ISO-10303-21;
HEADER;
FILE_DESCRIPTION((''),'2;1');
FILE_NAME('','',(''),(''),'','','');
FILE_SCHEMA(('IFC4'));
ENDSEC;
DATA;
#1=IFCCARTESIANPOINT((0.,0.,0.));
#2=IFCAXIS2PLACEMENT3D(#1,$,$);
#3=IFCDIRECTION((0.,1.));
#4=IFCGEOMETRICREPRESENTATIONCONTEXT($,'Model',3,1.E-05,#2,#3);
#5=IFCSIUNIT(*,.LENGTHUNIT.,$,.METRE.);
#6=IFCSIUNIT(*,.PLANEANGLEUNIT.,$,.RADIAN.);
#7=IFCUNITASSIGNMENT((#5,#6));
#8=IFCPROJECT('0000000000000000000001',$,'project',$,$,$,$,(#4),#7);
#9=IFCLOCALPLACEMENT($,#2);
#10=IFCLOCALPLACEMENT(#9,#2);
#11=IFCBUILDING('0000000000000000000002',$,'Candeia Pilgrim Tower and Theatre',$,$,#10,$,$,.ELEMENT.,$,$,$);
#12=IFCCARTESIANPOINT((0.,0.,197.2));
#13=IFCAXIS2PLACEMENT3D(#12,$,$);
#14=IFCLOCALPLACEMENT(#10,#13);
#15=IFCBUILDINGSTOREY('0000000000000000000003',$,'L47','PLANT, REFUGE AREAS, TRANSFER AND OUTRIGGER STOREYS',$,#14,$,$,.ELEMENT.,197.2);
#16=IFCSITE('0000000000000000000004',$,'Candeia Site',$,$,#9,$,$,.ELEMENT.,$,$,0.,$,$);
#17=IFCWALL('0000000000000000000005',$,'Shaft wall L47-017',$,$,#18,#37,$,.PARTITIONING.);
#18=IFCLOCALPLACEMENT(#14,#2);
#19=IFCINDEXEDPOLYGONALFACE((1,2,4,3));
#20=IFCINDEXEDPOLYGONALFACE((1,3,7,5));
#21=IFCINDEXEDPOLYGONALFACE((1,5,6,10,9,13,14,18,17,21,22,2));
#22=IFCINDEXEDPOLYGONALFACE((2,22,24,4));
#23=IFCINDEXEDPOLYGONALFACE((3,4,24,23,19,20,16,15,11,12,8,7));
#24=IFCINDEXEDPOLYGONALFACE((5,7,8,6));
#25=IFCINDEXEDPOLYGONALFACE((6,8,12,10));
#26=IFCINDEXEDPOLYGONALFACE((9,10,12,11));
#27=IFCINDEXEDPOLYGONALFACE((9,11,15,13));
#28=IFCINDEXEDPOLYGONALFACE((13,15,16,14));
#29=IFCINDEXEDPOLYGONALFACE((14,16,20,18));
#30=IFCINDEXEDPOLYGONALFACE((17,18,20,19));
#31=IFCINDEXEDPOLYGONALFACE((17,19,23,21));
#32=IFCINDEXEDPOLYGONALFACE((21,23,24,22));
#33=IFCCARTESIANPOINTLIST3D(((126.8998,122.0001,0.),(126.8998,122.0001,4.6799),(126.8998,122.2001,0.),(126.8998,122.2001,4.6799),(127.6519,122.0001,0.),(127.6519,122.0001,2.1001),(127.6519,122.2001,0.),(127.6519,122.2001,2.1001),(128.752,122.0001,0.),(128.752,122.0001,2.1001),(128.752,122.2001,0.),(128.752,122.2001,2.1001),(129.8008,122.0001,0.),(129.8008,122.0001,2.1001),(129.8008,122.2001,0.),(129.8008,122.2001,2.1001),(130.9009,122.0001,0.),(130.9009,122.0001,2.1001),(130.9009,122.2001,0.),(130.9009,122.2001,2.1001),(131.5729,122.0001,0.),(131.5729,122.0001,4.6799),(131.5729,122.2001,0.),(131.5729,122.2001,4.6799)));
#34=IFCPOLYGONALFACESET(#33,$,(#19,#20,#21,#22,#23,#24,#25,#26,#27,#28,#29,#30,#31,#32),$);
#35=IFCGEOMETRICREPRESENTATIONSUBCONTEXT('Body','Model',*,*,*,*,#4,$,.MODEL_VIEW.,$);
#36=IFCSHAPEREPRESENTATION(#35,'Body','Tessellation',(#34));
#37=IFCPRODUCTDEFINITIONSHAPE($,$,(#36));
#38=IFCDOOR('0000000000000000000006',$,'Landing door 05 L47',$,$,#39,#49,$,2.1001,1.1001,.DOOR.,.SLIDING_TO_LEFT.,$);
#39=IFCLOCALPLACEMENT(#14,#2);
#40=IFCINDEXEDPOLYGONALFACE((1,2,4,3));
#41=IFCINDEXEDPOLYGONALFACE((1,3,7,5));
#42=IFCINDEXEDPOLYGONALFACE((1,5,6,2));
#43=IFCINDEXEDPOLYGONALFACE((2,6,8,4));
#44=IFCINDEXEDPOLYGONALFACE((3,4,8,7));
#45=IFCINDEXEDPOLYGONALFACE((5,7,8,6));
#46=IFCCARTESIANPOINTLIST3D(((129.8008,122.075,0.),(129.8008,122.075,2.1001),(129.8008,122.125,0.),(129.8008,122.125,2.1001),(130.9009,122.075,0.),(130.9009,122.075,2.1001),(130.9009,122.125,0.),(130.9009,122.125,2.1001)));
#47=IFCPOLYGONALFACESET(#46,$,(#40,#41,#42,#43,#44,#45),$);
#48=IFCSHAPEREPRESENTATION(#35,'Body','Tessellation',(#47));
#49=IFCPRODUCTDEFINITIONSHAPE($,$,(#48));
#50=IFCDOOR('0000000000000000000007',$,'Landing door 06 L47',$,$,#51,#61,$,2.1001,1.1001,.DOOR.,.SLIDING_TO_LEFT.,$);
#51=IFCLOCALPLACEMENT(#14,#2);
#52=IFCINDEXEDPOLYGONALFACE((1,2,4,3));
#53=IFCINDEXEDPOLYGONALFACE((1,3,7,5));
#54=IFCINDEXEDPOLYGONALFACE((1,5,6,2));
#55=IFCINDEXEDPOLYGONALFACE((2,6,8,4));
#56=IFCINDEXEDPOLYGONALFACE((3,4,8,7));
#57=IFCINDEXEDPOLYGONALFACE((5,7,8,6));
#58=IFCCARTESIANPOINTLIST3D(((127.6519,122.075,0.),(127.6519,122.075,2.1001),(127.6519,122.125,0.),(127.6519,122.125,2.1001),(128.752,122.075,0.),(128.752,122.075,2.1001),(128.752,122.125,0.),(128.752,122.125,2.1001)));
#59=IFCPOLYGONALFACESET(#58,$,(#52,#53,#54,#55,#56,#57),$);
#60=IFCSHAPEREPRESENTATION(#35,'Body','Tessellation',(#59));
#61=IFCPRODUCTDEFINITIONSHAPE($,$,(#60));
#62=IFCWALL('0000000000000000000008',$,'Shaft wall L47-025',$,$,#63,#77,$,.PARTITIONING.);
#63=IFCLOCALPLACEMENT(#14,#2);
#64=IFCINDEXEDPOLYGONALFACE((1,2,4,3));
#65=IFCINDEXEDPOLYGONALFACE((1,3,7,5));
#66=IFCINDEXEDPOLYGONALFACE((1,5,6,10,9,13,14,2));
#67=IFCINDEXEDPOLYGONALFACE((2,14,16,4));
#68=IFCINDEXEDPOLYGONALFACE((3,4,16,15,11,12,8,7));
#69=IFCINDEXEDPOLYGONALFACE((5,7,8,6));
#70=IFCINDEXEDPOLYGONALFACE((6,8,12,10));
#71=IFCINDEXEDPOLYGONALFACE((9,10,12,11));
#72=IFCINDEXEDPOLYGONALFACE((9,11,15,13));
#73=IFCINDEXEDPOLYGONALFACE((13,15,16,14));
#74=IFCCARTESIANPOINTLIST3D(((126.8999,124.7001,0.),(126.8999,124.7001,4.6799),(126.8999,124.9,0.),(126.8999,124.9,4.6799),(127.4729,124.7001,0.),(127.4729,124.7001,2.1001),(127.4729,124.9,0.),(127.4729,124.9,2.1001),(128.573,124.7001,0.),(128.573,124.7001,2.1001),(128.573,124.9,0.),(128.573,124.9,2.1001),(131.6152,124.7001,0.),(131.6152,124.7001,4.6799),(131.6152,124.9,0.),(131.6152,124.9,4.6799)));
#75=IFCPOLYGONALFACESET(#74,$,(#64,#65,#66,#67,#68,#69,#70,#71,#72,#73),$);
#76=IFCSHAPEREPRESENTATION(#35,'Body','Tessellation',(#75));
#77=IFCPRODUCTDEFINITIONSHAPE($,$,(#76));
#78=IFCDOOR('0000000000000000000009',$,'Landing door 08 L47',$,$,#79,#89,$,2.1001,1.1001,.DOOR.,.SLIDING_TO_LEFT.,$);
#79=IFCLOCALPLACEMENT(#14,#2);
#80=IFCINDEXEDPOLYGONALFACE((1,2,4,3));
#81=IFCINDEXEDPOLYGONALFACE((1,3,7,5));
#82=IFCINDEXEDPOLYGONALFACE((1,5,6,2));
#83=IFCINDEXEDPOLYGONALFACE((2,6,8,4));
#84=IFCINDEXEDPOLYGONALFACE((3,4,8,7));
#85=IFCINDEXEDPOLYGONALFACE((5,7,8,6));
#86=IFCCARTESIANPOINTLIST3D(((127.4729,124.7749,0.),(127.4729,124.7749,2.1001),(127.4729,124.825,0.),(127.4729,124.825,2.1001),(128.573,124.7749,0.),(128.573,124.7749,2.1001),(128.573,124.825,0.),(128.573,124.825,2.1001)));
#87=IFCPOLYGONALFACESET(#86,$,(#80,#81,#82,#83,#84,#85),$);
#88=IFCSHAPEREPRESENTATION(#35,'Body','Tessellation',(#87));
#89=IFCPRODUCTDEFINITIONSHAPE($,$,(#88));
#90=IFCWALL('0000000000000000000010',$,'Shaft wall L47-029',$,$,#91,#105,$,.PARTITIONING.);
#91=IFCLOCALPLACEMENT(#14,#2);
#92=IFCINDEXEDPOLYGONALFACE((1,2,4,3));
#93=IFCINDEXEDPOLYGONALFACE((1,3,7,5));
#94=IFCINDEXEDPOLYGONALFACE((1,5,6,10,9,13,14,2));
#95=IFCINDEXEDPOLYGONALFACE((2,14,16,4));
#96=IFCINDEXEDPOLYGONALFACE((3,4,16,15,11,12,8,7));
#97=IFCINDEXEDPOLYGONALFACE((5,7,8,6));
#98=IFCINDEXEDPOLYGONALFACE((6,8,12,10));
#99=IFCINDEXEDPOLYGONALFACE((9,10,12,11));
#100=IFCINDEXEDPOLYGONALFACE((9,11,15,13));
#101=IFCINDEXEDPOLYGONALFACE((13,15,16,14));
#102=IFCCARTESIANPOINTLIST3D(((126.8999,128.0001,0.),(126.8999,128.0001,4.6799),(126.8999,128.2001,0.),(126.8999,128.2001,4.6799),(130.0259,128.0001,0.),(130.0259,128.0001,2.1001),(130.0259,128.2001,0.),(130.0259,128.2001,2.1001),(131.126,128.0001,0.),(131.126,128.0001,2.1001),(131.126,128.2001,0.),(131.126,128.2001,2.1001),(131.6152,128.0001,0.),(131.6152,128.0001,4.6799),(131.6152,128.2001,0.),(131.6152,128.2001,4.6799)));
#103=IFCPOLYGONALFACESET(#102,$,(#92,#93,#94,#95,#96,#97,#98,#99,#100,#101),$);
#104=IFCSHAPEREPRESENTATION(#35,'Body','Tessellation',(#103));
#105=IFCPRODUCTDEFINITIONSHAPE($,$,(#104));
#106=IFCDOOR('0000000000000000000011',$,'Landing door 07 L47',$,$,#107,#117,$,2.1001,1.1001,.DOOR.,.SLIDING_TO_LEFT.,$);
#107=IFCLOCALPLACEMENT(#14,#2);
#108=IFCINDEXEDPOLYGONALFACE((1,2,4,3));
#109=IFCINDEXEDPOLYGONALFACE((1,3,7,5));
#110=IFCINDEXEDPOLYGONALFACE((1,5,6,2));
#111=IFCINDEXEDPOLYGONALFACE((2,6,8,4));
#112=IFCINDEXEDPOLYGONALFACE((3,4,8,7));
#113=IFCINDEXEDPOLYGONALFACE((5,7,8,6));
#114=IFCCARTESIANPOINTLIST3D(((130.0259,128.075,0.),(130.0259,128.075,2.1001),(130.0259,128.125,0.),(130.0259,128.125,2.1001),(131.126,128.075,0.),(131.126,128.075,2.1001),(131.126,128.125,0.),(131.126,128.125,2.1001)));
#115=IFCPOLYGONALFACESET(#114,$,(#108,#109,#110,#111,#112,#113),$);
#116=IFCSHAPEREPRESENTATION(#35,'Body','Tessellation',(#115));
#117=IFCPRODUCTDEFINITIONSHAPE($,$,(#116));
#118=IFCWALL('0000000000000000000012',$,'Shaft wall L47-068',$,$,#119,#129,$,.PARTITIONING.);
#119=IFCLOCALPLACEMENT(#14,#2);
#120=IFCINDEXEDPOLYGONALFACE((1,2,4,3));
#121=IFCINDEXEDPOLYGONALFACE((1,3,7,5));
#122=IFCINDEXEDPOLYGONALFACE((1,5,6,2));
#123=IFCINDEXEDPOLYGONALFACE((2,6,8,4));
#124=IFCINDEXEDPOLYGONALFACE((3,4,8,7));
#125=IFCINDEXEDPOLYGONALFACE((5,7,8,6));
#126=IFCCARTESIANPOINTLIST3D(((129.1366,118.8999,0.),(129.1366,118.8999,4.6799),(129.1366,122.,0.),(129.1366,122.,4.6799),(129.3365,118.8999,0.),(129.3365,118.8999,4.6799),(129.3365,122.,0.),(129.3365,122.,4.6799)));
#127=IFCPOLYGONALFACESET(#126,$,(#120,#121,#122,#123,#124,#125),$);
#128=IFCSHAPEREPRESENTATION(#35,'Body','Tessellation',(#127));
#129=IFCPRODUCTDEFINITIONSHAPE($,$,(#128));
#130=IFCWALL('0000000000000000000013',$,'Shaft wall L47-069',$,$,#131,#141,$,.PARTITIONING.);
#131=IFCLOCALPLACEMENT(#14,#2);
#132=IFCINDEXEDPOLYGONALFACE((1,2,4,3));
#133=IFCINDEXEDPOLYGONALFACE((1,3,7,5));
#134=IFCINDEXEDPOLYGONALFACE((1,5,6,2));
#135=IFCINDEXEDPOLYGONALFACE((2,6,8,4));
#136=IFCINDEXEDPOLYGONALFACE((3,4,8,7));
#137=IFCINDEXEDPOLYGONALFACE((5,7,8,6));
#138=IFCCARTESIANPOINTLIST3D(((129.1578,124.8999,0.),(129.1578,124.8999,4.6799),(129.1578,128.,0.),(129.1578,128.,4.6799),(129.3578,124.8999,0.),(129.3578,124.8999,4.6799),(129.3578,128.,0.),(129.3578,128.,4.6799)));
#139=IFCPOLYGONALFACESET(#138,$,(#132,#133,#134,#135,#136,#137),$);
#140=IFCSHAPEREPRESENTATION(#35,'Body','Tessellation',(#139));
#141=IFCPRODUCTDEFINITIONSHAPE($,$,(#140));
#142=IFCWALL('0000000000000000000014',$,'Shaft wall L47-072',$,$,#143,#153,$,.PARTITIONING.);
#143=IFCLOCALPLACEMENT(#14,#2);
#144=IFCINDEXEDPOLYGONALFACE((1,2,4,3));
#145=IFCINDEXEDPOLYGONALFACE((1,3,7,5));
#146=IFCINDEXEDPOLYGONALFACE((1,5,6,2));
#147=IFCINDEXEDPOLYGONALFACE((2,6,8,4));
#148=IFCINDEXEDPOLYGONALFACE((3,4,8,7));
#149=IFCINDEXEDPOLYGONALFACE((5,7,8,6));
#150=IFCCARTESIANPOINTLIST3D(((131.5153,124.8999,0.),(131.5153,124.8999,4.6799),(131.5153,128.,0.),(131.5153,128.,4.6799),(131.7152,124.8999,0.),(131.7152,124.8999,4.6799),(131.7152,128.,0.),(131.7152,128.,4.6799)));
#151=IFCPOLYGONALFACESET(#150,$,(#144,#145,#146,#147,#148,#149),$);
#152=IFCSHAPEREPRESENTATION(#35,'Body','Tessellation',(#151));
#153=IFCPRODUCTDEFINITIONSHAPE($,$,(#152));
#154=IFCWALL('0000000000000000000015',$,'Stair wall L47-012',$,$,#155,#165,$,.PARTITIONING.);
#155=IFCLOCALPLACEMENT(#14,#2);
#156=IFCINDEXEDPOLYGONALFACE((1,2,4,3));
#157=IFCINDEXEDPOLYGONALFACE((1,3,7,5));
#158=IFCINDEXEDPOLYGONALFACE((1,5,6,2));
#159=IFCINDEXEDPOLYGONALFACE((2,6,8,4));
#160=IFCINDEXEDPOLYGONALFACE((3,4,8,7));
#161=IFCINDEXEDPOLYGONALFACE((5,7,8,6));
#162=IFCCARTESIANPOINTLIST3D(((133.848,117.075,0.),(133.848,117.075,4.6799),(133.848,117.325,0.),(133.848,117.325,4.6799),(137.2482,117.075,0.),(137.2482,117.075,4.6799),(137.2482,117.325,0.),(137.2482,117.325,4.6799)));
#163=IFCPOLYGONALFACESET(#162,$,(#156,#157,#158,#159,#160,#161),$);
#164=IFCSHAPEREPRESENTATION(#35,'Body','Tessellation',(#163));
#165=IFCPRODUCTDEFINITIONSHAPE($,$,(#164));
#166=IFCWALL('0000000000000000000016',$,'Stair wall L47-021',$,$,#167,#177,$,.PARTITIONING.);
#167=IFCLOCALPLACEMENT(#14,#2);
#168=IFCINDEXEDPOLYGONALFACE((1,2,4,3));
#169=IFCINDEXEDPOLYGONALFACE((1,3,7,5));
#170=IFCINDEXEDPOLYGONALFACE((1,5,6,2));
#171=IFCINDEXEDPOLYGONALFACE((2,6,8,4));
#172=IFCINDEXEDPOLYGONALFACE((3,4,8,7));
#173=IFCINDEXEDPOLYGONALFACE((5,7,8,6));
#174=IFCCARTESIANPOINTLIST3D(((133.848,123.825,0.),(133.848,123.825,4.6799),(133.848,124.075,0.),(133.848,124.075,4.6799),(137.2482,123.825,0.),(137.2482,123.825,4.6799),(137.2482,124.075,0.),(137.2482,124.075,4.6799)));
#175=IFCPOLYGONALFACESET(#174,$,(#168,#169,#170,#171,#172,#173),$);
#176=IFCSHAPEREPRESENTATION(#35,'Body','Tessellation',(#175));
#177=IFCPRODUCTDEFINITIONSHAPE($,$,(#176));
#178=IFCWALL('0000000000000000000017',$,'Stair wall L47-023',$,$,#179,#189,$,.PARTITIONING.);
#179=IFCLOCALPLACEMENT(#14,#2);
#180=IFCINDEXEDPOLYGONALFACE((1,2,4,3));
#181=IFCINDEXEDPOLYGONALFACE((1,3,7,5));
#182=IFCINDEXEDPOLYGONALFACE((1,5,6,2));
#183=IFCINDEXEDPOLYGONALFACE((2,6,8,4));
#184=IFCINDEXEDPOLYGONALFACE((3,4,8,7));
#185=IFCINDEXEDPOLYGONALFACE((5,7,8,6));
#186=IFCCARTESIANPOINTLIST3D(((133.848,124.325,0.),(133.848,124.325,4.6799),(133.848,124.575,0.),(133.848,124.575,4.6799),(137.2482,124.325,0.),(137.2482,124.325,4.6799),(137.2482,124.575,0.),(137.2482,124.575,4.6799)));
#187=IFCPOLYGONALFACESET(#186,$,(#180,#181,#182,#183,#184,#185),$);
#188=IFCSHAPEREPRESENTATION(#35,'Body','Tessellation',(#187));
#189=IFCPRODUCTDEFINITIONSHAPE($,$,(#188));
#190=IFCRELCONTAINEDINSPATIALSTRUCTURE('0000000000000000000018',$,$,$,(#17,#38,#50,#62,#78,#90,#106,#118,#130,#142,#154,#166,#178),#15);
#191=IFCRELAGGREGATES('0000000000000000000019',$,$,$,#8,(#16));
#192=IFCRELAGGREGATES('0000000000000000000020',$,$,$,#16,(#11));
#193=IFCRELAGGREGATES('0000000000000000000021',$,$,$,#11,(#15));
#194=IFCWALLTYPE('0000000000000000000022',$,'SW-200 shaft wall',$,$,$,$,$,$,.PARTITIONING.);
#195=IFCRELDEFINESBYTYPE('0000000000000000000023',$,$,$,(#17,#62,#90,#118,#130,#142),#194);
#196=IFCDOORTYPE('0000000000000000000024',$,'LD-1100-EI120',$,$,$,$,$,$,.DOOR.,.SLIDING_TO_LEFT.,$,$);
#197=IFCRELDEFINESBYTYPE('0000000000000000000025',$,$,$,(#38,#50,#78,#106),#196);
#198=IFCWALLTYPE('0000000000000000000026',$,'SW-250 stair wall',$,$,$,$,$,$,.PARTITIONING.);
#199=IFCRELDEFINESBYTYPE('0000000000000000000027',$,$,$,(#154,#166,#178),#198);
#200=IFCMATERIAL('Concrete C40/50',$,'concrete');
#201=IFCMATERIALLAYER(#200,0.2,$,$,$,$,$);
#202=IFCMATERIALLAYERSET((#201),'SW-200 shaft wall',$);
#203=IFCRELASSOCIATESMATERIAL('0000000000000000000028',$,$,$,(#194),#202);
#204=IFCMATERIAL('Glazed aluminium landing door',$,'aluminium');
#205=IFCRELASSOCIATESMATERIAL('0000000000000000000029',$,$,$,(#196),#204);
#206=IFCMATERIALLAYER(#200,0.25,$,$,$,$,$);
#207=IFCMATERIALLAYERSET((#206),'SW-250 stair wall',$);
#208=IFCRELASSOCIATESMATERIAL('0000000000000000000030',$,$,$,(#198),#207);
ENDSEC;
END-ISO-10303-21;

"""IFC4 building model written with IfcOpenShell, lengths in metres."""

from ifc_helpers import new_model, si_unit, direction, frame, frame_2d, origin, place, context, subcontext, project, spatial, rectangle, extrude, material, layer, layer_set, type_object, element, fill, save


model = new_model("IFC4")

# Units and contexts
model_context = context("Model", 3, precision=1e-05, world=origin(), true_north=direction((0.0, 1.0)))
body_context = subcontext(model_context, "Body", "Model", "MODEL_VIEW")
ifc_project = project(units=[si_unit("LENGTHUNIT", "METRE"), si_unit("PLANEANGLEUNIT", "RADIAN")], contexts=[model_context])

# Site, building, storey
site_placement = place(None, origin())
site = spatial("IfcSite", under=ifc_project, at=site_placement, Name="Candeia Site", CompositionType="ELEMENT", RefElevation=0.0)
building_placement = place(site_placement, origin())
building = spatial("IfcBuilding", under=site, at=building_placement, Name="Candeia Pilgrim Tower and Theatre", CompositionType="ELEMENT")
storey_placement = place(building_placement, frame((0.0, 0.0, 197.2)))
storey = spatial("IfcBuildingStorey", under=building, at=storey_placement, Name="L47", Description="PLANT, REFUGE AREAS, TRANSFER AND OUTRIGGER STOREYS", CompositionType="ELEMENT", Elevation=197.2)

# Shared definitions
ifc_material_1 = material(Name="Concrete C40/50", Category="concrete")
ifc_layer_1 = layer(ifc_material_1, 0.2)
ifc_layer_set_1 = layer_set([ifc_layer_1], Name="SW-200 shaft wall")
wall_type_1 = type_object("IfcWallType", Name="SW-200 shaft wall", PredefinedType="PARTITIONING", material=ifc_layer_set_1)

# Wall, openings, doors
wall_1_placement = place(storey_placement, frame((126.8999, 122.1001, 0.0), z_axis=(0.0, 0.0, 1.0), x_axis=(1.0, 0.0, 0.0)))
wall_1 = element("IfcWall", 1, at=wall_1_placement, inside=storey, type_object=wall_type_1, Name="Shaft wall L47-017", PredefinedType="PARTITIONING", context=body_context, shape_type="SweptSolid", body=[
    extrude(rectangle(XDim=4.6731, YDim=0.2, at=frame_2d((2.3364, 0.0))), origin(), (0.0, 0.0, 1.0), 4.6799),
])
opening_1_placement = place(wall_1_placement, frame((2.9009, 0.0, 0.0)))
opening_1 = element("IfcOpeningElement", 2, at=opening_1_placement, cuts=wall_1, PredefinedType="OPENING", context=body_context, shape_type="SweptSolid", body=[
    extrude(rectangle(XDim=1.1001, YDim=2.1001, at=frame_2d((0.55, 1.05))), frame((0.0, 0.1099, 0.0), z_axis=(0.0, -1.0, 0.0), x_axis=(1.0, 0.0, 0.0)), (0.0, 0.0, 1.0), 0.22),
])
opening_2_placement = place(wall_1_placement, frame((0.752, 0.0, 0.0)))
opening_2 = element("IfcOpeningElement", 3, at=opening_2_placement, cuts=wall_1, PredefinedType="OPENING", context=body_context, shape_type="SweptSolid", body=[
    extrude(rectangle(XDim=1.1001, YDim=2.1001, at=frame_2d((0.55, 1.05))), frame((0.0, 0.1099, 0.0), z_axis=(0.0, -1.0, 0.0), x_axis=(1.0, 0.0, 0.0)), (0.0, 0.0, 1.0), 0.22),
])
ifc_material_2 = material(Name="Glazed aluminium landing door", Category="aluminium")
door_type_1 = type_object("IfcDoorType", Name="LD-1100-EI120", OperationType="SLIDING_TO_LEFT", PredefinedType="DOOR", material=ifc_material_2)
door_1_placement = place(opening_1_placement, origin())
door_1 = element("IfcDoor", 4, at=door_1_placement, inside=storey, type_object=door_type_1, Name="Landing door 05 L47", OperationType="SLIDING_TO_LEFT", OverallHeight=2.1001, OverallWidth=1.1001, PredefinedType="DOOR", context=body_context, shape_type="SweptSolid", body=[
    extrude(rectangle(XDim=1.1001, YDim=2.1001, at=frame_2d((0.55, 1.05))), frame((0.0, 0.0249, 0.0), z_axis=(0.0, -1.0, 0.0), x_axis=(1.0, 0.0, 0.0)), (0.0, 0.0, 1.0), 0.05),
])
fill(opening_1, door_1)
door_2_placement = place(opening_2_placement, origin())
door_2 = element("IfcDoor", 5, at=door_2_placement, inside=storey, type_object=door_type_1, Name="Landing door 06 L47", OperationType="SLIDING_TO_LEFT", OverallHeight=2.1001, OverallWidth=1.1001, PredefinedType="DOOR", context=body_context, shape_type="SweptSolid", body=[
    extrude(rectangle(XDim=1.1001, YDim=2.1001, at=frame_2d((0.55, 1.05))), frame((0.0, 0.0249, 0.0), z_axis=(0.0, -1.0, 0.0), x_axis=(1.0, 0.0, 0.0)), (0.0, 0.0, 1.0), 0.05),
])
fill(opening_2, door_2)

# Walls, openings, doors
wall_2_placement = place(storey_placement, frame((126.8999, 124.8, 0.0), z_axis=(0.0, 0.0, 1.0), x_axis=(1.0, 0.0, 0.0)))
wall_2 = element("IfcWall", 6, at=wall_2_placement, inside=storey, type_object=wall_type_1, Name="Shaft wall L47-025", PredefinedType="PARTITIONING", context=body_context, shape_type="SweptSolid", body=[
    extrude(rectangle(XDim=4.7153, YDim=0.2, at=frame_2d((2.3577, 0.0))), origin(), (0.0, 0.0, 1.0), 4.6799),
])
opening_3_placement = place(wall_2_placement, frame((0.573, 0.0, 0.0)))
opening_3 = element("IfcOpeningElement", 7, at=opening_3_placement, cuts=wall_2, PredefinedType="OPENING", context=body_context, shape_type="SweptSolid", body=[
    extrude(rectangle(XDim=1.1001, YDim=2.1001, at=frame_2d((0.55, 1.05))), frame((0.0, 0.1099, 0.0), z_axis=(0.0, -1.0, 0.0), x_axis=(1.0, 0.0, 0.0)), (0.0, 0.0, 1.0), 0.22),
])
door_3_placement = place(opening_3_placement, origin())
door_3 = element("IfcDoor", 8, at=door_3_placement, inside=storey, type_object=door_type_1, Name="Landing door 08 L47", OperationType="SLIDING_TO_LEFT", OverallHeight=2.1001, OverallWidth=1.1001, PredefinedType="DOOR", context=body_context, shape_type="SweptSolid", body=[
    extrude(rectangle(XDim=1.1001, YDim=2.1001, at=frame_2d((0.55, 1.05))), frame((0.0, 0.0249, 0.0), z_axis=(0.0, -1.0, 0.0), x_axis=(1.0, 0.0, 0.0)), (0.0, 0.0, 1.0), 0.05),
])
fill(opening_3, door_3)
wall_3_placement = place(storey_placement, frame((126.8999, 128.1001, 0.0), z_axis=(0.0, 0.0, 1.0), x_axis=(1.0, 0.0, 0.0)))
wall_3 = element("IfcWall", 9, at=wall_3_placement, inside=storey, type_object=wall_type_1, Name="Shaft wall L47-029", PredefinedType="PARTITIONING", context=body_context, shape_type="SweptSolid", body=[
    extrude(rectangle(XDim=4.7153, YDim=0.2, at=frame_2d((2.3577, 0.0))), origin(), (0.0, 0.0, 1.0), 4.6799),
])
opening_4_placement = place(wall_3_placement, frame((3.126, 0.0, 0.0)))
opening_4 = element("IfcOpeningElement", 10, at=opening_4_placement, cuts=wall_3, PredefinedType="OPENING", context=body_context, shape_type="SweptSolid", body=[
    extrude(rectangle(XDim=1.1001, YDim=2.1001, at=frame_2d((0.55, 1.05))), frame((0.0, 0.1099, 0.0), z_axis=(0.0, -1.0, 0.0), x_axis=(1.0, 0.0, 0.0)), (0.0, 0.0, 1.0), 0.22),
])
door_4_placement = place(opening_4_placement, origin())
door_4 = element("IfcDoor", 11, at=door_4_placement, inside=storey, type_object=door_type_1, Name="Landing door 07 L47", OperationType="SLIDING_TO_LEFT", OverallHeight=2.1001, OverallWidth=1.1001, PredefinedType="DOOR", context=body_context, shape_type="SweptSolid", body=[
    extrude(rectangle(XDim=1.1001, YDim=2.1001, at=frame_2d((0.55, 1.05))), frame((0.0, 0.0249, 0.0), z_axis=(0.0, -1.0, 0.0), x_axis=(1.0, 0.0, 0.0)), (0.0, 0.0, 1.0), 0.05),
])
fill(opening_4, door_4)

# Walls
for number, where, z_axis, x_axis, name in (
    (12, (129.2366, 118.8999, 0.0), (0.0, 0.0, 1.0), (0.0, 1.0, 0.0), "Shaft wall L47-068"),
    (13, (129.2578, 124.8999, 0.0), (0.0, 0.0, 1.0), (0.0, 1.0, 0.0), "Shaft wall L47-069"),
    (14, (131.6152, 124.8999, 0.0), (0.0, 0.0, 1.0), (0.0, 1.0, 0.0), "Shaft wall L47-072"),
):
    element("IfcWall", number, at=place(storey_placement, frame(where, z_axis=z_axis, x_axis=x_axis)), inside=storey, type_object=wall_type_1, Name=name, PredefinedType="PARTITIONING", context=body_context, shape_type="SweptSolid", body=[
        extrude(rectangle(XDim=3.1001, YDim=0.2, at=frame_2d((1.55, 0.0))), origin(), (0.0, 0.0, 1.0), 4.6799),
    ])
ifc_layer_2 = layer(ifc_material_1, 0.25)
ifc_layer_set_2 = layer_set([ifc_layer_2], Name="SW-250 stair wall")
wall_type_2 = type_object("IfcWallType", Name="SW-250 stair wall", PredefinedType="PARTITIONING", material=ifc_layer_set_2)
for number, where, z_axis, x_axis, name in (
    (15, (133.8479, 117.2, 0.0), (0.0, 0.0, 1.0), (1.0, 0.0, 0.0), "Stair wall L47-012"),
    (16, (133.8479, 123.95, 0.0), (0.0, 0.0, 1.0), (1.0, 0.0, 0.0), "Stair wall L47-021"),
    (17, (133.8479, 124.45, 0.0), (0.0, 0.0, 1.0), (1.0, 0.0, 0.0), "Stair wall L47-023"),
):
    element("IfcWall", number, at=place(storey_placement, frame(where, z_axis=z_axis, x_axis=x_axis)), inside=storey, type_object=wall_type_2, Name=name, PredefinedType="PARTITIONING", context=body_context, shape_type="SweptSolid", body=[
        extrude(rectangle(XDim=3.4001, YDim=0.25, at=frame_2d((1.7002, 0.0))), origin(), (0.0, 0.0, 1.0), 4.6799),
    ])

save(model, "model.ifc")
